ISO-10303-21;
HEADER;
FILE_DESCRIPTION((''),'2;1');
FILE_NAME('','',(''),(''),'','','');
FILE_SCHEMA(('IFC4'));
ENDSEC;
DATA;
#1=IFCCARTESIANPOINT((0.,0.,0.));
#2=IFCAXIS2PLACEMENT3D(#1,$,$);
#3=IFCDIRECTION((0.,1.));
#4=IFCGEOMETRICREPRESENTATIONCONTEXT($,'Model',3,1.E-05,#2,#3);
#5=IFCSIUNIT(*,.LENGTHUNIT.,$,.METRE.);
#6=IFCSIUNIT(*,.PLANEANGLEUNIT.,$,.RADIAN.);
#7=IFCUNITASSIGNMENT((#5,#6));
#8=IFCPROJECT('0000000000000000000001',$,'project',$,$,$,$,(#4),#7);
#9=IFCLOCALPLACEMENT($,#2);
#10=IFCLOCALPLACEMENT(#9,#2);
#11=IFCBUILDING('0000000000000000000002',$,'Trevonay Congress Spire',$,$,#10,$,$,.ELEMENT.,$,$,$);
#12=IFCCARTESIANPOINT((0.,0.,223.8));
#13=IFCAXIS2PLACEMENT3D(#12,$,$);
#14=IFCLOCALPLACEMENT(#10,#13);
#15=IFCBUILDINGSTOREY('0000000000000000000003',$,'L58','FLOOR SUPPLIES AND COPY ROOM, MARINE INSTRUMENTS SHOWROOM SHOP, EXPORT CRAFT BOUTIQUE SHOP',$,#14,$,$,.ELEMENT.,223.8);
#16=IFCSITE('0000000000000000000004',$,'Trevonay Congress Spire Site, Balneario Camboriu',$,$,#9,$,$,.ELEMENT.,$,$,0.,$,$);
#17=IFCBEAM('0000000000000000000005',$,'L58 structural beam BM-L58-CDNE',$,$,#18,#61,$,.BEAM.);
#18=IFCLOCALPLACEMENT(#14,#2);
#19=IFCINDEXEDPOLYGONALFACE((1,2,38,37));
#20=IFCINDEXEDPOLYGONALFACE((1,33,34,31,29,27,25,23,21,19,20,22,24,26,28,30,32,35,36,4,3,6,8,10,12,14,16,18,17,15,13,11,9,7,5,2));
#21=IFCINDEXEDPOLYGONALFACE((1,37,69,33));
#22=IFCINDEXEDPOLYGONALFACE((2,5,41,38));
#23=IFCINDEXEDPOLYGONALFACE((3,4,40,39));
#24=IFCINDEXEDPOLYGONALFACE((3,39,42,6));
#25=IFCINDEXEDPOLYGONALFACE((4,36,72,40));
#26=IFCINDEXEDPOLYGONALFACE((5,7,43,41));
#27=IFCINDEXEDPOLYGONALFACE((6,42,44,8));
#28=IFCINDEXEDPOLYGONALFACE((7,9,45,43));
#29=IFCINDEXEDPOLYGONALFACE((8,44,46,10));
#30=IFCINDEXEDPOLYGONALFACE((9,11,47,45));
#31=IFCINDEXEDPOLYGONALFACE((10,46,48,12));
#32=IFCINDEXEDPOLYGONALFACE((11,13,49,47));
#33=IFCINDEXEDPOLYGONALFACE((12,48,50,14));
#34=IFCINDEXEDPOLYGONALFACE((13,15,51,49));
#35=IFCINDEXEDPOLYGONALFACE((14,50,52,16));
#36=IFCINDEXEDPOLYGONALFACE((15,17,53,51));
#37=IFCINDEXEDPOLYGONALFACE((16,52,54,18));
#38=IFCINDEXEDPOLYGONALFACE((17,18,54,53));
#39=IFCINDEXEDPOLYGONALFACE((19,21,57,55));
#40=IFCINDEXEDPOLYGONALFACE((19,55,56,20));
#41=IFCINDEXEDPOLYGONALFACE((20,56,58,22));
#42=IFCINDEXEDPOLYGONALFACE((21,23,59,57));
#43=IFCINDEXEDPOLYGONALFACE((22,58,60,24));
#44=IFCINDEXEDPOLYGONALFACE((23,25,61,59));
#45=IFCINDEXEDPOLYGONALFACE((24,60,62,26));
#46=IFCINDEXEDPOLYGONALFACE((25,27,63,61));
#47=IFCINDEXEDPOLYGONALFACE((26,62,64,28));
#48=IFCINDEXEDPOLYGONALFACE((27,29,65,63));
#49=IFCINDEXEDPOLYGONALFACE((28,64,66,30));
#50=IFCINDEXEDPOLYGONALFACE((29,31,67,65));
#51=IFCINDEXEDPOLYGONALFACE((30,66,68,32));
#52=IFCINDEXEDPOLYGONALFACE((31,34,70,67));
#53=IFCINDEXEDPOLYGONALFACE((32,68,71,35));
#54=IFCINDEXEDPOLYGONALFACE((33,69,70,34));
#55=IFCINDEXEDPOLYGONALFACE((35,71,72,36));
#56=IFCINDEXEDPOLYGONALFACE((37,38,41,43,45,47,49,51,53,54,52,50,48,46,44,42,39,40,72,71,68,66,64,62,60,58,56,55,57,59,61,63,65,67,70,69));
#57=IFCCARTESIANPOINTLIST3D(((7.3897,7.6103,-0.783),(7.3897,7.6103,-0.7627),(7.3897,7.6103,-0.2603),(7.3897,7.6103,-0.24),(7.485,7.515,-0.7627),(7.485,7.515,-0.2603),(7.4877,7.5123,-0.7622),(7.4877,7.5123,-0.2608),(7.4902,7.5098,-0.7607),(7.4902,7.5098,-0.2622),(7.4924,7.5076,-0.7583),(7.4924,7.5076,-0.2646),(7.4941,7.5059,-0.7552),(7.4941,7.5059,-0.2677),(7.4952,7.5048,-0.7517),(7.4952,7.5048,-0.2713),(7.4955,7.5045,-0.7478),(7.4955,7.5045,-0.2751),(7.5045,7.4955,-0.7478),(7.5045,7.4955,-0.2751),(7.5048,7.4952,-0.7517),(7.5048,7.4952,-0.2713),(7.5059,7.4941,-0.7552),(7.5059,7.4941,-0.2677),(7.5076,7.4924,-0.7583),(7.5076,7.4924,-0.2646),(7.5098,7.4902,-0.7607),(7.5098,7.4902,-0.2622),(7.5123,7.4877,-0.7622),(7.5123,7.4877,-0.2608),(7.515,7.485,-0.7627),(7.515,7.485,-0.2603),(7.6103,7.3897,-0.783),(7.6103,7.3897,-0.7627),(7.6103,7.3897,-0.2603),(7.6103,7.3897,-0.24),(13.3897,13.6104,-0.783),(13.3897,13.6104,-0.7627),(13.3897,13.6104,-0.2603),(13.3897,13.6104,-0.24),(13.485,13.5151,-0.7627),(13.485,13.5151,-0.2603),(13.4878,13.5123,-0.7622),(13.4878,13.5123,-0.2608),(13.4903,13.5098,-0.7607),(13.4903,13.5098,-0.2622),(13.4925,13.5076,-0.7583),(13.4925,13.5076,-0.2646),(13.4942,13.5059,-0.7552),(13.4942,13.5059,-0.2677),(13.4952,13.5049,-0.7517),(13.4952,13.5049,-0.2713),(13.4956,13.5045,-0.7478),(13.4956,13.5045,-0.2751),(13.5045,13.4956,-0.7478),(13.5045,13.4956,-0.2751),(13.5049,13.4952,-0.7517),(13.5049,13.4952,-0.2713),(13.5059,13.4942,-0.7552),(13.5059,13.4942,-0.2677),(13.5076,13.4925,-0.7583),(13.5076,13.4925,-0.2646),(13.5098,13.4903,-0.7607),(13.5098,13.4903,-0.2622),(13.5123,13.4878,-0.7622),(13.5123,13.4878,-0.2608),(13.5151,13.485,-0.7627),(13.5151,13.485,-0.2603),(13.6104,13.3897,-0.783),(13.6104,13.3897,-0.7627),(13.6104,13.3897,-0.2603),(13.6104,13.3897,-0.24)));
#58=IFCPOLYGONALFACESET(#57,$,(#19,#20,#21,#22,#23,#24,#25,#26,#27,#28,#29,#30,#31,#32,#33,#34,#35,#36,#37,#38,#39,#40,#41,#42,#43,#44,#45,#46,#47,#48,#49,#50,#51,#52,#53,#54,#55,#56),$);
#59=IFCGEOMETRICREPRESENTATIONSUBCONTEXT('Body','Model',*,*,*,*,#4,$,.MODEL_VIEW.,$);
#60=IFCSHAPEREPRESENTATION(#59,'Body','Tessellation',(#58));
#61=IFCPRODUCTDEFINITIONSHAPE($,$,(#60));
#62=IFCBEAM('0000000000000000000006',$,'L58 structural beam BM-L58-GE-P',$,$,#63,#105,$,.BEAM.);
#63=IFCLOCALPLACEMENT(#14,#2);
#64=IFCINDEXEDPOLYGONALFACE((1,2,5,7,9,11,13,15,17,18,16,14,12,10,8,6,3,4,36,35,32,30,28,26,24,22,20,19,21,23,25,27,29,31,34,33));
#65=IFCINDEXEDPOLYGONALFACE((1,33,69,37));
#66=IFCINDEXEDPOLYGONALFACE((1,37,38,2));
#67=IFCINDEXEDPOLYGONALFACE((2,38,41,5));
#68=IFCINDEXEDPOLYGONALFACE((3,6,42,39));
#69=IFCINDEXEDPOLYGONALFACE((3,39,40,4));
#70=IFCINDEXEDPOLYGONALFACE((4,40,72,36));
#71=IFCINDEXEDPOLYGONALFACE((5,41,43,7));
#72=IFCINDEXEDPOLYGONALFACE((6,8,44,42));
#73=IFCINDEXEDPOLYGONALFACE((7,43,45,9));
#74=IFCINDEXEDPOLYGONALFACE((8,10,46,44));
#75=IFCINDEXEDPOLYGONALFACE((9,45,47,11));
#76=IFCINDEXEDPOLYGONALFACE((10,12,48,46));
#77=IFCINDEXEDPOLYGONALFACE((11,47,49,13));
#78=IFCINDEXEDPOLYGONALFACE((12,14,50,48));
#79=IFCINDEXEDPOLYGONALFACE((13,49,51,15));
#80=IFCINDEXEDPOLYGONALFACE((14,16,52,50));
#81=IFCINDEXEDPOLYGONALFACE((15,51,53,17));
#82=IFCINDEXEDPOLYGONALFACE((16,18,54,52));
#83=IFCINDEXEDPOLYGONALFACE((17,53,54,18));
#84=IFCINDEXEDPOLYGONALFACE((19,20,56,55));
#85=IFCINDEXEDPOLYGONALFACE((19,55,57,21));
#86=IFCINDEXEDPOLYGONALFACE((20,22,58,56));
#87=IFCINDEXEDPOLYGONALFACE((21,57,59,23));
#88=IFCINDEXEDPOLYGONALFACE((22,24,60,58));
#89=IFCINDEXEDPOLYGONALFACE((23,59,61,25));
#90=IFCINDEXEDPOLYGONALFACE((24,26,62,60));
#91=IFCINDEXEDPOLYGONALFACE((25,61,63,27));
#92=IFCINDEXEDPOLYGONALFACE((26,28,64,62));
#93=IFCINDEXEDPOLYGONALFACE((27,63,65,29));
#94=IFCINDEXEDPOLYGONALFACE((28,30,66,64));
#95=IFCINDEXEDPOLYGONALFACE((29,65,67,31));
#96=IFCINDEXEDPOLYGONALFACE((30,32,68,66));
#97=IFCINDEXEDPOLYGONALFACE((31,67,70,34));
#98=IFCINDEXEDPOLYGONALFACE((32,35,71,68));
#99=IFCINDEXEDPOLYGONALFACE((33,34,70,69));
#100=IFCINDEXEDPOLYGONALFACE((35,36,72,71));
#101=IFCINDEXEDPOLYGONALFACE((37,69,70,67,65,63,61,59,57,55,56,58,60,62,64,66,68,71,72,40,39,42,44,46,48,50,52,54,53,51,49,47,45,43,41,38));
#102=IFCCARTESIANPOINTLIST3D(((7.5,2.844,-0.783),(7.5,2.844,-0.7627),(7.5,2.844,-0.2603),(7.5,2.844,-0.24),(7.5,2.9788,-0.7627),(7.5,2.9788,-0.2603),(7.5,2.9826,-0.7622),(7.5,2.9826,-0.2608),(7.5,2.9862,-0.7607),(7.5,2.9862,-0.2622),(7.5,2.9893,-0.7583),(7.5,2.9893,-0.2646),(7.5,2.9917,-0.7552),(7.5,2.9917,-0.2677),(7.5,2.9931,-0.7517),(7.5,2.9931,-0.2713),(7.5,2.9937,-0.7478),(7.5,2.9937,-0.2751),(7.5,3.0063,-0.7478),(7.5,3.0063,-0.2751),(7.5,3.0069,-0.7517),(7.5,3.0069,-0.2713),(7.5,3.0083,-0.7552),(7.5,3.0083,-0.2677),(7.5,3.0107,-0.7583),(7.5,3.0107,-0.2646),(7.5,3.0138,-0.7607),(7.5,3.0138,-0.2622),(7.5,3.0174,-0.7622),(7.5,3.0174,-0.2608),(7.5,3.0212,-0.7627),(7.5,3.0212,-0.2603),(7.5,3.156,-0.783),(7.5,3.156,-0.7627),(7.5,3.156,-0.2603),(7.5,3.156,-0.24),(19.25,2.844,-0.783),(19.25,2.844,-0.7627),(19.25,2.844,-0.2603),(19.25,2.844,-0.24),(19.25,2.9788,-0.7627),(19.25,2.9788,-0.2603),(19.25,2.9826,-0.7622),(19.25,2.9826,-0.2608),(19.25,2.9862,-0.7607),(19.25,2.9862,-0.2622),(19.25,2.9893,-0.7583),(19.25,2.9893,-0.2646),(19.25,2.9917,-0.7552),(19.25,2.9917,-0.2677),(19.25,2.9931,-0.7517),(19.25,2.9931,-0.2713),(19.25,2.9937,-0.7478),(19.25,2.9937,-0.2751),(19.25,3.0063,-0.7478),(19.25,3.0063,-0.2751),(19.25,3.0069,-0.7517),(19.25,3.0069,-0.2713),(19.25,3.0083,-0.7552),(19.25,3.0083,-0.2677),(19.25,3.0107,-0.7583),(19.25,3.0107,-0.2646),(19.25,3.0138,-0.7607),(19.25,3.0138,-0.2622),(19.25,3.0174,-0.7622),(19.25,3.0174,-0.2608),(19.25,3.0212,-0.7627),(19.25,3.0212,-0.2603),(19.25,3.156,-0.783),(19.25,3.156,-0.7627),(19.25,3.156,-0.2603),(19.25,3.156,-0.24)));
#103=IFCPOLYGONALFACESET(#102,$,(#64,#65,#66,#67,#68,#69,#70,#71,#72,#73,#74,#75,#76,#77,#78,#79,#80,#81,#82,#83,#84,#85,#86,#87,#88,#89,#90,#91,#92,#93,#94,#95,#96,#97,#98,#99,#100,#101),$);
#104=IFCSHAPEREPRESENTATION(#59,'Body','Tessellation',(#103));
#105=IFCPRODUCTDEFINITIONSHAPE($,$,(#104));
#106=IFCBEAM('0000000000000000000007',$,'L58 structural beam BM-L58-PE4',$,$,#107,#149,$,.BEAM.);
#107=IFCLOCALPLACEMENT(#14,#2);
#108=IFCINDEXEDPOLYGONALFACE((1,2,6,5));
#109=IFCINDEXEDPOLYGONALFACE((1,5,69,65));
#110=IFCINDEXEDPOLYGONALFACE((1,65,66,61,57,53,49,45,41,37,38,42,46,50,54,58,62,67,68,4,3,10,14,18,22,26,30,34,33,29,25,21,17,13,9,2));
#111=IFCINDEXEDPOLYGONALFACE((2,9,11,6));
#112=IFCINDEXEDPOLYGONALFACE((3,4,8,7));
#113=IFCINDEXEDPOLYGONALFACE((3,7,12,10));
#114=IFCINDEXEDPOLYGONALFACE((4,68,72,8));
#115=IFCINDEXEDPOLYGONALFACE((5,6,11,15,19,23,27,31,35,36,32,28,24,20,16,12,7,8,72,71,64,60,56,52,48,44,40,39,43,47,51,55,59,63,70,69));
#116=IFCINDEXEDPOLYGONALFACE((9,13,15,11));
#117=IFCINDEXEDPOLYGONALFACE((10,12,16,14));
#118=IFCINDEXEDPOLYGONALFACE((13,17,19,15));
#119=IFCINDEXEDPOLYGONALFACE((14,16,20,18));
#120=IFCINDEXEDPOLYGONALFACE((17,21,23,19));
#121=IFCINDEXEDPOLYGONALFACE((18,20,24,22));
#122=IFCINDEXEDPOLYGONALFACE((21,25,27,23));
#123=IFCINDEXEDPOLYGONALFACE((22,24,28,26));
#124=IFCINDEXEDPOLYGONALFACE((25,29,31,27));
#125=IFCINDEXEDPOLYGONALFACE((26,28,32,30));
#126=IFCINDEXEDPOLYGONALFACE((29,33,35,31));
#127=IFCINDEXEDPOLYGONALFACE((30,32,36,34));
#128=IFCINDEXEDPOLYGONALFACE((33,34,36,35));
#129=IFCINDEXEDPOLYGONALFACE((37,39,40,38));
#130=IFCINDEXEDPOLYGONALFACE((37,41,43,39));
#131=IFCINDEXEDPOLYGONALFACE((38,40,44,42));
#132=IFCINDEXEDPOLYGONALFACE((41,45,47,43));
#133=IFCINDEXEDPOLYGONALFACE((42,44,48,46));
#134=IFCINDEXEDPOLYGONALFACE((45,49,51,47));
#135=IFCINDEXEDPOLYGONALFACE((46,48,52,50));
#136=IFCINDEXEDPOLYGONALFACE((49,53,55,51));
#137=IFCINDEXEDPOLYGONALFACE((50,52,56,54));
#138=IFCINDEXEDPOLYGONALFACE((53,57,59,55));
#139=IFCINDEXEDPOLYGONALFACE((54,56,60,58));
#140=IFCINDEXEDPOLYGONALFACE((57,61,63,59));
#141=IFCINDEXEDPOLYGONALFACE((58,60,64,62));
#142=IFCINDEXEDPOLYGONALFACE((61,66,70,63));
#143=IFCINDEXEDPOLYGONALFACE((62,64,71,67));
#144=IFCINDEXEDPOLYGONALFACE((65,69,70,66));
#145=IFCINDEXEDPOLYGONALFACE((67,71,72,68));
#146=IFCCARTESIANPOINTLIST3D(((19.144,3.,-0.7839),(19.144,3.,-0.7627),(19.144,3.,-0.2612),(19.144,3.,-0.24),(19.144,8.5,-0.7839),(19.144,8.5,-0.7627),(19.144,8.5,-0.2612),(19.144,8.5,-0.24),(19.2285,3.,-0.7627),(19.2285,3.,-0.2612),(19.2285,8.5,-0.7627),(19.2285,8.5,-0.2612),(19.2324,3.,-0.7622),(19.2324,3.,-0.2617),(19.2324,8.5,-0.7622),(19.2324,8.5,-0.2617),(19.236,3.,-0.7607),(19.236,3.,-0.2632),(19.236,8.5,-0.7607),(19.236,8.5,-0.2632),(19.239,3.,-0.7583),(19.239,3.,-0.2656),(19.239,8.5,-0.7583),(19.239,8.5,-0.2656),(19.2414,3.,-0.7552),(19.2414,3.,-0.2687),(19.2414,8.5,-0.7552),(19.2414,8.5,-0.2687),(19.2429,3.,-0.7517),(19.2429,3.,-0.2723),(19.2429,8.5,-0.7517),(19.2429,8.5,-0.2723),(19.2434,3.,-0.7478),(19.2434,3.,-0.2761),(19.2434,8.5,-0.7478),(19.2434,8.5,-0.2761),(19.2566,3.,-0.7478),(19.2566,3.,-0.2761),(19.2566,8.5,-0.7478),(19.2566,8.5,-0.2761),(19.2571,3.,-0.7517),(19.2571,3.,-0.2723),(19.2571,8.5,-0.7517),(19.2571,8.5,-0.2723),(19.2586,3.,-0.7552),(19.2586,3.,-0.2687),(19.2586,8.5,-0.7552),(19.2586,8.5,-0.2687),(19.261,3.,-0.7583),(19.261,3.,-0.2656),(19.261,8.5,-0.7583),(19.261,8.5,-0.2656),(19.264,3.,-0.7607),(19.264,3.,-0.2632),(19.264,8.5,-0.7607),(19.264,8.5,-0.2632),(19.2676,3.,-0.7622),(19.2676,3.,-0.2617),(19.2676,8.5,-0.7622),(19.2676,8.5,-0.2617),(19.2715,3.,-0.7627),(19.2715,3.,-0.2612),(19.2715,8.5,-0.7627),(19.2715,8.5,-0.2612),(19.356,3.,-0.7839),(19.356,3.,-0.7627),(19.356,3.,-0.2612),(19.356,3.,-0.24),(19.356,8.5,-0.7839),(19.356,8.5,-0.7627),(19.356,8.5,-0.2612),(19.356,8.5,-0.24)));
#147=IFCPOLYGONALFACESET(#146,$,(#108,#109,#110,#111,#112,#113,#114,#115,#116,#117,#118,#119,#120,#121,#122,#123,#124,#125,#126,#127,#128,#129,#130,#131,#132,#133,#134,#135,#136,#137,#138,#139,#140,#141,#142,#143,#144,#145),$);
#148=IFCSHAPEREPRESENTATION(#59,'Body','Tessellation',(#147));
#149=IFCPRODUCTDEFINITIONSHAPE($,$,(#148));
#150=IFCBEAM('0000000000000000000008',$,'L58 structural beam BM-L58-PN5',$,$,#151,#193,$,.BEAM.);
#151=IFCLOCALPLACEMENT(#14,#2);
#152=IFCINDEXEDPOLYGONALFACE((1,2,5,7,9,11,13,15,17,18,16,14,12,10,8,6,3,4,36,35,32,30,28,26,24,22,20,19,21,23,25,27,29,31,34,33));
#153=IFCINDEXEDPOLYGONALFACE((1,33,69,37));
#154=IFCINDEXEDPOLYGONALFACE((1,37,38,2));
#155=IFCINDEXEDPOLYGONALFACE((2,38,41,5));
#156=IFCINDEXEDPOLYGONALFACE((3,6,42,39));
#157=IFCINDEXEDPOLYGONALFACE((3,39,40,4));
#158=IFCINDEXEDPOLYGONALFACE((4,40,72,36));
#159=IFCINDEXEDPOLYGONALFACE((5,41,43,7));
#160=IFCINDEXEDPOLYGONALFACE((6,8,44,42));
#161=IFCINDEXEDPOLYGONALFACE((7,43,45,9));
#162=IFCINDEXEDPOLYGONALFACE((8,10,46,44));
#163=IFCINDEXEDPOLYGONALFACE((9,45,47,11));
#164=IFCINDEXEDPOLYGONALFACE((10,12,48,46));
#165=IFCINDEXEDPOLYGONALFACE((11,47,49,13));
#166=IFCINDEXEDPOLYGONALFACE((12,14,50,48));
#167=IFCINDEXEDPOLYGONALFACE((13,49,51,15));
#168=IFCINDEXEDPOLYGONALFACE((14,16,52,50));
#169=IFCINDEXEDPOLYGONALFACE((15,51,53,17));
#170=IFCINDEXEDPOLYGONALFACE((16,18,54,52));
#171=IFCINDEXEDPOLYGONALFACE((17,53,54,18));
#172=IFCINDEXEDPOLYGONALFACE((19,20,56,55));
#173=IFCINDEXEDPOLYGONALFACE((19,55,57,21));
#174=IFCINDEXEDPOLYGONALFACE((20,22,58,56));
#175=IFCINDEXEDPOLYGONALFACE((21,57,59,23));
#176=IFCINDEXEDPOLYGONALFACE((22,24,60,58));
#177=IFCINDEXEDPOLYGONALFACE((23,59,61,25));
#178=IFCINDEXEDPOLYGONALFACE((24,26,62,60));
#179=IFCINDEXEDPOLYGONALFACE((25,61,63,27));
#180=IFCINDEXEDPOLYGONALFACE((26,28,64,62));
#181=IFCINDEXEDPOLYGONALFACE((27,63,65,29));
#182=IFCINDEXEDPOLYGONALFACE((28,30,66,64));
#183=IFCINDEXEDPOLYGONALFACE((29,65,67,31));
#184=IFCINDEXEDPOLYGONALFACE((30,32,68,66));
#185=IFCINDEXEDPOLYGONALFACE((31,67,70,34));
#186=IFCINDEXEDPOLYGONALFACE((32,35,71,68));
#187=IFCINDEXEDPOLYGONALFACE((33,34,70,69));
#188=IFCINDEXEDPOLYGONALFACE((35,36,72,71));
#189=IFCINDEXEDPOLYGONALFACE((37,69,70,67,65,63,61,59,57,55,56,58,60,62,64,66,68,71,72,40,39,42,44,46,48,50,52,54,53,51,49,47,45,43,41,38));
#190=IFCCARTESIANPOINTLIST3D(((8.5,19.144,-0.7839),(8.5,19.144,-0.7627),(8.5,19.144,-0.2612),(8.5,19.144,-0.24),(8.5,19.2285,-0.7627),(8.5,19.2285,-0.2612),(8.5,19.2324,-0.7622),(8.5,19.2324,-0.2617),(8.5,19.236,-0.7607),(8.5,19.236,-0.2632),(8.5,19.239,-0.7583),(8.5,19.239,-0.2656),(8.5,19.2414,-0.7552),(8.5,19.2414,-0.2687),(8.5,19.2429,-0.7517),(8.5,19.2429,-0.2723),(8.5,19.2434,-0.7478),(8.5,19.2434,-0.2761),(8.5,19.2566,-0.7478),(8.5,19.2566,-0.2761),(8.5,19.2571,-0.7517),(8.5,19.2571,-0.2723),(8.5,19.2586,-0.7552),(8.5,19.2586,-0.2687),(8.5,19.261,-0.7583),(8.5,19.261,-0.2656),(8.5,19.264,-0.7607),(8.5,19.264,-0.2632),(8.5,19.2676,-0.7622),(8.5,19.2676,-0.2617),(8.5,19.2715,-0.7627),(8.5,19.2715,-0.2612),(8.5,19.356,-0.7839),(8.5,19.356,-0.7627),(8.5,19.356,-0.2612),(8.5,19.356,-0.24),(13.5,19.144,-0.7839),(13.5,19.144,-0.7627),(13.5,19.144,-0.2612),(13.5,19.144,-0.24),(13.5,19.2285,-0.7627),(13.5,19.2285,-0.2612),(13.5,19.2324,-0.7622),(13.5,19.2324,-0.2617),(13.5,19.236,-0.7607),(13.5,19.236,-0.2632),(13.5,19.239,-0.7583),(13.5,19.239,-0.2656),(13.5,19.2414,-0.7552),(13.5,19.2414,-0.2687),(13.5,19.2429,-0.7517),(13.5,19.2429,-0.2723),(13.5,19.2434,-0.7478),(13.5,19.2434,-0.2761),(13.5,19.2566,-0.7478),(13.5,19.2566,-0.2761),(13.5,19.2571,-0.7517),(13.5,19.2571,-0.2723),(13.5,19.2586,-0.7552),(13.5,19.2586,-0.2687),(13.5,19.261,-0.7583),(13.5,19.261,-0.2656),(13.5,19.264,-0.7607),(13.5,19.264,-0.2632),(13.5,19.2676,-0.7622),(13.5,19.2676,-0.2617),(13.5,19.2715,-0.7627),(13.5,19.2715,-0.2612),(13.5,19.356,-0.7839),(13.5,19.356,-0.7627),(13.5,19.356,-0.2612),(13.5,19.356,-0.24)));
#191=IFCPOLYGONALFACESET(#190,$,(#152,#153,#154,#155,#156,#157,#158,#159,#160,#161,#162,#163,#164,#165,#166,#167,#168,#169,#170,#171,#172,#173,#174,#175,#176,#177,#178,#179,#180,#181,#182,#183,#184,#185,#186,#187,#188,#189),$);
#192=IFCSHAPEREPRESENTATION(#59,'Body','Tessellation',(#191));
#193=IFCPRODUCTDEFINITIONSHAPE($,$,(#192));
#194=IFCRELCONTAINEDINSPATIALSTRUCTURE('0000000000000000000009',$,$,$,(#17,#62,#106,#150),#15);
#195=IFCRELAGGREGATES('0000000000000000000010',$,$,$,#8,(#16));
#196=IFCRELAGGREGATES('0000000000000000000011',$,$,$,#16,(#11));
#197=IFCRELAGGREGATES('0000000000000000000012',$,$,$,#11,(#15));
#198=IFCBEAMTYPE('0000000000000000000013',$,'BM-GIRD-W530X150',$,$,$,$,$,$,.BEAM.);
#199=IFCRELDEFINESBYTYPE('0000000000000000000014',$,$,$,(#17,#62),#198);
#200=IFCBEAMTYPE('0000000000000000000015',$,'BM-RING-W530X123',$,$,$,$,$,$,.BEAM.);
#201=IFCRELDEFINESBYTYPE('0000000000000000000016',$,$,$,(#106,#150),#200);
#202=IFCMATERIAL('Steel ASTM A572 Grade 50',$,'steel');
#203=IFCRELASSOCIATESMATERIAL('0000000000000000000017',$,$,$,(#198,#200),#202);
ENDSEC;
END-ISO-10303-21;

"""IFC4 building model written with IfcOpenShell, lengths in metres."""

from ifc_helpers import new_model, si_unit, direction, frame, origin, origin_2d, place, context, subcontext, project, spatial, i_section, extrude, material, material_profile, profile_set, type_object, element, save


model = new_model("IFC4")

# Units and contexts
model_context = context("Model", 3, precision=1e-05, world=origin(), true_north=direction((0.0, 1.0)))
body_context = subcontext(model_context, "Body", "Model", "MODEL_VIEW")
ifc_project = project(units=[si_unit("LENGTHUNIT", "METRE"), si_unit("PLANEANGLEUNIT", "RADIAN")], contexts=[model_context])

# Site, building, storey
site_placement = place(None, origin())
site = spatial("IfcSite", under=ifc_project, at=site_placement, Name="Trevonay Congress Spire Site, Balneario Camboriu", CompositionType="ELEMENT", RefElevation=0.0)
building_placement = place(site_placement, origin())
building = spatial("IfcBuilding", under=site, at=building_placement, Name="Trevonay Congress Spire", CompositionType="ELEMENT")
storey_placement = place(building_placement, frame((0.0, 0.0, 223.8)))
storey = spatial("IfcBuildingStorey", under=building, at=storey_placement, Name="L58", Description="FLOOR SUPPLIES AND COPY ROOM, MARINE INSTRUMENTS SHOWROOM SHOP, EXPORT CRAFT BOUTIQUE SHOP", CompositionType="ELEMENT", Elevation=223.8)

# Shared definitions
ifc_material_1 = material(Name="Steel ASTM A572 Grade 50", Category="steel")

# Beams
ifc_material_profile_1 = material_profile(ifc_material_1, i_section(OverallWidth=0.312, OverallDepth=0.543, WebThickness=0.0127, FlangeThickness=0.0203, FilletRadius=0.0149, at=origin_2d()), Name="W530x150")
ifc_profile_set_1 = profile_set([ifc_material_profile_1], Name="Steel ASTM A572 Grade 50")
beam_type_1 = type_object("IfcBeamType", Name="BM-GIRD-W530X150", PredefinedType="BEAM", material=ifc_profile_set_1)
beam_1_placement = place(storey_placement, frame((7.5, 7.5, -0.5115), z_axis=(0.707107, 0.707107, 0.0), x_axis=(-0.707107, 0.707107, 0.0)))
element("IfcBeam", 1, at=beam_1_placement, inside=storey, type_object=beam_type_1, Name="L58 structural beam BM-L58-CDNE", PredefinedType="BEAM", context=body_context, shape_type="SweptSolid", body=[
    extrude(i_section(OverallWidth=0.312, OverallDepth=0.543, WebThickness=0.0127, FlangeThickness=0.0203, FilletRadius=0.0149, at=origin_2d()), origin(), (0.0, 0.0, 1.0), 8.4854),
])
beam_2_placement = place(storey_placement, frame((7.5, 3.0, -0.5115), z_axis=(1.0, 0.0, 0.0), x_axis=(0.0, 1.0, 0.0)))
element("IfcBeam", 2, at=beam_2_placement, inside=storey, type_object=beam_type_1, Name="L58 structural beam BM-L58-GE-P", PredefinedType="BEAM", context=body_context, shape_type="SweptSolid", body=[
    extrude(i_section(OverallWidth=0.312, OverallDepth=0.543, WebThickness=0.0127, FlangeThickness=0.0203, FilletRadius=0.0149, at=origin_2d()), origin(), (0.0, 0.0, 1.0), 11.75),
])
ifc_material_profile_2 = material_profile(ifc_material_1, i_section(OverallWidth=0.2119, OverallDepth=0.5439, WebThickness=0.0132, FlangeThickness=0.0212, FilletRadius=0.0149, at=origin_2d()), Name="W530x123")
ifc_profile_set_2 = profile_set([ifc_material_profile_2], Name="Steel ASTM A572 Grade 50")
beam_type_2 = type_object("IfcBeamType", Name="BM-RING-W530X123", PredefinedType="BEAM", material=ifc_profile_set_2)
beam_3_placement = place(storey_placement, frame((19.25, 3.0, -0.512), z_axis=(0.0, 1.0, 0.0), x_axis=(-1.0, 0.0, 0.0)))
element("IfcBeam", 3, at=beam_3_placement, inside=storey, type_object=beam_type_2, Name="L58 structural beam BM-L58-PE4", PredefinedType="BEAM", context=body_context, shape_type="SweptSolid", body=[
    extrude(i_section(OverallWidth=0.2119, OverallDepth=0.5439, WebThickness=0.0132, FlangeThickness=0.0212, FilletRadius=0.0149, at=origin_2d()), origin(), (0.0, 0.0, 1.0), 5.5),
])
for number, where, z_axis, x_axis, name in (
    (4, (8.5, 19.25, -0.512), (1.0, 0.0, 0.0), (0.0, 1.0, 0.0), "L58 structural beam BM-L58-PN5"),
):
    element("IfcBeam", number, at=place(storey_placement, frame(where, z_axis=z_axis, x_axis=x_axis)), inside=storey, type_object=beam_type_2, Name=name, PredefinedType="BEAM", context=body_context, shape_type="SweptSolid", body=[
        extrude(i_section(OverallWidth=0.2119, OverallDepth=0.5439, WebThickness=0.0132, FlangeThickness=0.0212, FilletRadius=0.0149, at=origin_2d()), origin(), (0.0, 0.0, 1.0), 5.0),
    ])

save(model, "model.ifc")
